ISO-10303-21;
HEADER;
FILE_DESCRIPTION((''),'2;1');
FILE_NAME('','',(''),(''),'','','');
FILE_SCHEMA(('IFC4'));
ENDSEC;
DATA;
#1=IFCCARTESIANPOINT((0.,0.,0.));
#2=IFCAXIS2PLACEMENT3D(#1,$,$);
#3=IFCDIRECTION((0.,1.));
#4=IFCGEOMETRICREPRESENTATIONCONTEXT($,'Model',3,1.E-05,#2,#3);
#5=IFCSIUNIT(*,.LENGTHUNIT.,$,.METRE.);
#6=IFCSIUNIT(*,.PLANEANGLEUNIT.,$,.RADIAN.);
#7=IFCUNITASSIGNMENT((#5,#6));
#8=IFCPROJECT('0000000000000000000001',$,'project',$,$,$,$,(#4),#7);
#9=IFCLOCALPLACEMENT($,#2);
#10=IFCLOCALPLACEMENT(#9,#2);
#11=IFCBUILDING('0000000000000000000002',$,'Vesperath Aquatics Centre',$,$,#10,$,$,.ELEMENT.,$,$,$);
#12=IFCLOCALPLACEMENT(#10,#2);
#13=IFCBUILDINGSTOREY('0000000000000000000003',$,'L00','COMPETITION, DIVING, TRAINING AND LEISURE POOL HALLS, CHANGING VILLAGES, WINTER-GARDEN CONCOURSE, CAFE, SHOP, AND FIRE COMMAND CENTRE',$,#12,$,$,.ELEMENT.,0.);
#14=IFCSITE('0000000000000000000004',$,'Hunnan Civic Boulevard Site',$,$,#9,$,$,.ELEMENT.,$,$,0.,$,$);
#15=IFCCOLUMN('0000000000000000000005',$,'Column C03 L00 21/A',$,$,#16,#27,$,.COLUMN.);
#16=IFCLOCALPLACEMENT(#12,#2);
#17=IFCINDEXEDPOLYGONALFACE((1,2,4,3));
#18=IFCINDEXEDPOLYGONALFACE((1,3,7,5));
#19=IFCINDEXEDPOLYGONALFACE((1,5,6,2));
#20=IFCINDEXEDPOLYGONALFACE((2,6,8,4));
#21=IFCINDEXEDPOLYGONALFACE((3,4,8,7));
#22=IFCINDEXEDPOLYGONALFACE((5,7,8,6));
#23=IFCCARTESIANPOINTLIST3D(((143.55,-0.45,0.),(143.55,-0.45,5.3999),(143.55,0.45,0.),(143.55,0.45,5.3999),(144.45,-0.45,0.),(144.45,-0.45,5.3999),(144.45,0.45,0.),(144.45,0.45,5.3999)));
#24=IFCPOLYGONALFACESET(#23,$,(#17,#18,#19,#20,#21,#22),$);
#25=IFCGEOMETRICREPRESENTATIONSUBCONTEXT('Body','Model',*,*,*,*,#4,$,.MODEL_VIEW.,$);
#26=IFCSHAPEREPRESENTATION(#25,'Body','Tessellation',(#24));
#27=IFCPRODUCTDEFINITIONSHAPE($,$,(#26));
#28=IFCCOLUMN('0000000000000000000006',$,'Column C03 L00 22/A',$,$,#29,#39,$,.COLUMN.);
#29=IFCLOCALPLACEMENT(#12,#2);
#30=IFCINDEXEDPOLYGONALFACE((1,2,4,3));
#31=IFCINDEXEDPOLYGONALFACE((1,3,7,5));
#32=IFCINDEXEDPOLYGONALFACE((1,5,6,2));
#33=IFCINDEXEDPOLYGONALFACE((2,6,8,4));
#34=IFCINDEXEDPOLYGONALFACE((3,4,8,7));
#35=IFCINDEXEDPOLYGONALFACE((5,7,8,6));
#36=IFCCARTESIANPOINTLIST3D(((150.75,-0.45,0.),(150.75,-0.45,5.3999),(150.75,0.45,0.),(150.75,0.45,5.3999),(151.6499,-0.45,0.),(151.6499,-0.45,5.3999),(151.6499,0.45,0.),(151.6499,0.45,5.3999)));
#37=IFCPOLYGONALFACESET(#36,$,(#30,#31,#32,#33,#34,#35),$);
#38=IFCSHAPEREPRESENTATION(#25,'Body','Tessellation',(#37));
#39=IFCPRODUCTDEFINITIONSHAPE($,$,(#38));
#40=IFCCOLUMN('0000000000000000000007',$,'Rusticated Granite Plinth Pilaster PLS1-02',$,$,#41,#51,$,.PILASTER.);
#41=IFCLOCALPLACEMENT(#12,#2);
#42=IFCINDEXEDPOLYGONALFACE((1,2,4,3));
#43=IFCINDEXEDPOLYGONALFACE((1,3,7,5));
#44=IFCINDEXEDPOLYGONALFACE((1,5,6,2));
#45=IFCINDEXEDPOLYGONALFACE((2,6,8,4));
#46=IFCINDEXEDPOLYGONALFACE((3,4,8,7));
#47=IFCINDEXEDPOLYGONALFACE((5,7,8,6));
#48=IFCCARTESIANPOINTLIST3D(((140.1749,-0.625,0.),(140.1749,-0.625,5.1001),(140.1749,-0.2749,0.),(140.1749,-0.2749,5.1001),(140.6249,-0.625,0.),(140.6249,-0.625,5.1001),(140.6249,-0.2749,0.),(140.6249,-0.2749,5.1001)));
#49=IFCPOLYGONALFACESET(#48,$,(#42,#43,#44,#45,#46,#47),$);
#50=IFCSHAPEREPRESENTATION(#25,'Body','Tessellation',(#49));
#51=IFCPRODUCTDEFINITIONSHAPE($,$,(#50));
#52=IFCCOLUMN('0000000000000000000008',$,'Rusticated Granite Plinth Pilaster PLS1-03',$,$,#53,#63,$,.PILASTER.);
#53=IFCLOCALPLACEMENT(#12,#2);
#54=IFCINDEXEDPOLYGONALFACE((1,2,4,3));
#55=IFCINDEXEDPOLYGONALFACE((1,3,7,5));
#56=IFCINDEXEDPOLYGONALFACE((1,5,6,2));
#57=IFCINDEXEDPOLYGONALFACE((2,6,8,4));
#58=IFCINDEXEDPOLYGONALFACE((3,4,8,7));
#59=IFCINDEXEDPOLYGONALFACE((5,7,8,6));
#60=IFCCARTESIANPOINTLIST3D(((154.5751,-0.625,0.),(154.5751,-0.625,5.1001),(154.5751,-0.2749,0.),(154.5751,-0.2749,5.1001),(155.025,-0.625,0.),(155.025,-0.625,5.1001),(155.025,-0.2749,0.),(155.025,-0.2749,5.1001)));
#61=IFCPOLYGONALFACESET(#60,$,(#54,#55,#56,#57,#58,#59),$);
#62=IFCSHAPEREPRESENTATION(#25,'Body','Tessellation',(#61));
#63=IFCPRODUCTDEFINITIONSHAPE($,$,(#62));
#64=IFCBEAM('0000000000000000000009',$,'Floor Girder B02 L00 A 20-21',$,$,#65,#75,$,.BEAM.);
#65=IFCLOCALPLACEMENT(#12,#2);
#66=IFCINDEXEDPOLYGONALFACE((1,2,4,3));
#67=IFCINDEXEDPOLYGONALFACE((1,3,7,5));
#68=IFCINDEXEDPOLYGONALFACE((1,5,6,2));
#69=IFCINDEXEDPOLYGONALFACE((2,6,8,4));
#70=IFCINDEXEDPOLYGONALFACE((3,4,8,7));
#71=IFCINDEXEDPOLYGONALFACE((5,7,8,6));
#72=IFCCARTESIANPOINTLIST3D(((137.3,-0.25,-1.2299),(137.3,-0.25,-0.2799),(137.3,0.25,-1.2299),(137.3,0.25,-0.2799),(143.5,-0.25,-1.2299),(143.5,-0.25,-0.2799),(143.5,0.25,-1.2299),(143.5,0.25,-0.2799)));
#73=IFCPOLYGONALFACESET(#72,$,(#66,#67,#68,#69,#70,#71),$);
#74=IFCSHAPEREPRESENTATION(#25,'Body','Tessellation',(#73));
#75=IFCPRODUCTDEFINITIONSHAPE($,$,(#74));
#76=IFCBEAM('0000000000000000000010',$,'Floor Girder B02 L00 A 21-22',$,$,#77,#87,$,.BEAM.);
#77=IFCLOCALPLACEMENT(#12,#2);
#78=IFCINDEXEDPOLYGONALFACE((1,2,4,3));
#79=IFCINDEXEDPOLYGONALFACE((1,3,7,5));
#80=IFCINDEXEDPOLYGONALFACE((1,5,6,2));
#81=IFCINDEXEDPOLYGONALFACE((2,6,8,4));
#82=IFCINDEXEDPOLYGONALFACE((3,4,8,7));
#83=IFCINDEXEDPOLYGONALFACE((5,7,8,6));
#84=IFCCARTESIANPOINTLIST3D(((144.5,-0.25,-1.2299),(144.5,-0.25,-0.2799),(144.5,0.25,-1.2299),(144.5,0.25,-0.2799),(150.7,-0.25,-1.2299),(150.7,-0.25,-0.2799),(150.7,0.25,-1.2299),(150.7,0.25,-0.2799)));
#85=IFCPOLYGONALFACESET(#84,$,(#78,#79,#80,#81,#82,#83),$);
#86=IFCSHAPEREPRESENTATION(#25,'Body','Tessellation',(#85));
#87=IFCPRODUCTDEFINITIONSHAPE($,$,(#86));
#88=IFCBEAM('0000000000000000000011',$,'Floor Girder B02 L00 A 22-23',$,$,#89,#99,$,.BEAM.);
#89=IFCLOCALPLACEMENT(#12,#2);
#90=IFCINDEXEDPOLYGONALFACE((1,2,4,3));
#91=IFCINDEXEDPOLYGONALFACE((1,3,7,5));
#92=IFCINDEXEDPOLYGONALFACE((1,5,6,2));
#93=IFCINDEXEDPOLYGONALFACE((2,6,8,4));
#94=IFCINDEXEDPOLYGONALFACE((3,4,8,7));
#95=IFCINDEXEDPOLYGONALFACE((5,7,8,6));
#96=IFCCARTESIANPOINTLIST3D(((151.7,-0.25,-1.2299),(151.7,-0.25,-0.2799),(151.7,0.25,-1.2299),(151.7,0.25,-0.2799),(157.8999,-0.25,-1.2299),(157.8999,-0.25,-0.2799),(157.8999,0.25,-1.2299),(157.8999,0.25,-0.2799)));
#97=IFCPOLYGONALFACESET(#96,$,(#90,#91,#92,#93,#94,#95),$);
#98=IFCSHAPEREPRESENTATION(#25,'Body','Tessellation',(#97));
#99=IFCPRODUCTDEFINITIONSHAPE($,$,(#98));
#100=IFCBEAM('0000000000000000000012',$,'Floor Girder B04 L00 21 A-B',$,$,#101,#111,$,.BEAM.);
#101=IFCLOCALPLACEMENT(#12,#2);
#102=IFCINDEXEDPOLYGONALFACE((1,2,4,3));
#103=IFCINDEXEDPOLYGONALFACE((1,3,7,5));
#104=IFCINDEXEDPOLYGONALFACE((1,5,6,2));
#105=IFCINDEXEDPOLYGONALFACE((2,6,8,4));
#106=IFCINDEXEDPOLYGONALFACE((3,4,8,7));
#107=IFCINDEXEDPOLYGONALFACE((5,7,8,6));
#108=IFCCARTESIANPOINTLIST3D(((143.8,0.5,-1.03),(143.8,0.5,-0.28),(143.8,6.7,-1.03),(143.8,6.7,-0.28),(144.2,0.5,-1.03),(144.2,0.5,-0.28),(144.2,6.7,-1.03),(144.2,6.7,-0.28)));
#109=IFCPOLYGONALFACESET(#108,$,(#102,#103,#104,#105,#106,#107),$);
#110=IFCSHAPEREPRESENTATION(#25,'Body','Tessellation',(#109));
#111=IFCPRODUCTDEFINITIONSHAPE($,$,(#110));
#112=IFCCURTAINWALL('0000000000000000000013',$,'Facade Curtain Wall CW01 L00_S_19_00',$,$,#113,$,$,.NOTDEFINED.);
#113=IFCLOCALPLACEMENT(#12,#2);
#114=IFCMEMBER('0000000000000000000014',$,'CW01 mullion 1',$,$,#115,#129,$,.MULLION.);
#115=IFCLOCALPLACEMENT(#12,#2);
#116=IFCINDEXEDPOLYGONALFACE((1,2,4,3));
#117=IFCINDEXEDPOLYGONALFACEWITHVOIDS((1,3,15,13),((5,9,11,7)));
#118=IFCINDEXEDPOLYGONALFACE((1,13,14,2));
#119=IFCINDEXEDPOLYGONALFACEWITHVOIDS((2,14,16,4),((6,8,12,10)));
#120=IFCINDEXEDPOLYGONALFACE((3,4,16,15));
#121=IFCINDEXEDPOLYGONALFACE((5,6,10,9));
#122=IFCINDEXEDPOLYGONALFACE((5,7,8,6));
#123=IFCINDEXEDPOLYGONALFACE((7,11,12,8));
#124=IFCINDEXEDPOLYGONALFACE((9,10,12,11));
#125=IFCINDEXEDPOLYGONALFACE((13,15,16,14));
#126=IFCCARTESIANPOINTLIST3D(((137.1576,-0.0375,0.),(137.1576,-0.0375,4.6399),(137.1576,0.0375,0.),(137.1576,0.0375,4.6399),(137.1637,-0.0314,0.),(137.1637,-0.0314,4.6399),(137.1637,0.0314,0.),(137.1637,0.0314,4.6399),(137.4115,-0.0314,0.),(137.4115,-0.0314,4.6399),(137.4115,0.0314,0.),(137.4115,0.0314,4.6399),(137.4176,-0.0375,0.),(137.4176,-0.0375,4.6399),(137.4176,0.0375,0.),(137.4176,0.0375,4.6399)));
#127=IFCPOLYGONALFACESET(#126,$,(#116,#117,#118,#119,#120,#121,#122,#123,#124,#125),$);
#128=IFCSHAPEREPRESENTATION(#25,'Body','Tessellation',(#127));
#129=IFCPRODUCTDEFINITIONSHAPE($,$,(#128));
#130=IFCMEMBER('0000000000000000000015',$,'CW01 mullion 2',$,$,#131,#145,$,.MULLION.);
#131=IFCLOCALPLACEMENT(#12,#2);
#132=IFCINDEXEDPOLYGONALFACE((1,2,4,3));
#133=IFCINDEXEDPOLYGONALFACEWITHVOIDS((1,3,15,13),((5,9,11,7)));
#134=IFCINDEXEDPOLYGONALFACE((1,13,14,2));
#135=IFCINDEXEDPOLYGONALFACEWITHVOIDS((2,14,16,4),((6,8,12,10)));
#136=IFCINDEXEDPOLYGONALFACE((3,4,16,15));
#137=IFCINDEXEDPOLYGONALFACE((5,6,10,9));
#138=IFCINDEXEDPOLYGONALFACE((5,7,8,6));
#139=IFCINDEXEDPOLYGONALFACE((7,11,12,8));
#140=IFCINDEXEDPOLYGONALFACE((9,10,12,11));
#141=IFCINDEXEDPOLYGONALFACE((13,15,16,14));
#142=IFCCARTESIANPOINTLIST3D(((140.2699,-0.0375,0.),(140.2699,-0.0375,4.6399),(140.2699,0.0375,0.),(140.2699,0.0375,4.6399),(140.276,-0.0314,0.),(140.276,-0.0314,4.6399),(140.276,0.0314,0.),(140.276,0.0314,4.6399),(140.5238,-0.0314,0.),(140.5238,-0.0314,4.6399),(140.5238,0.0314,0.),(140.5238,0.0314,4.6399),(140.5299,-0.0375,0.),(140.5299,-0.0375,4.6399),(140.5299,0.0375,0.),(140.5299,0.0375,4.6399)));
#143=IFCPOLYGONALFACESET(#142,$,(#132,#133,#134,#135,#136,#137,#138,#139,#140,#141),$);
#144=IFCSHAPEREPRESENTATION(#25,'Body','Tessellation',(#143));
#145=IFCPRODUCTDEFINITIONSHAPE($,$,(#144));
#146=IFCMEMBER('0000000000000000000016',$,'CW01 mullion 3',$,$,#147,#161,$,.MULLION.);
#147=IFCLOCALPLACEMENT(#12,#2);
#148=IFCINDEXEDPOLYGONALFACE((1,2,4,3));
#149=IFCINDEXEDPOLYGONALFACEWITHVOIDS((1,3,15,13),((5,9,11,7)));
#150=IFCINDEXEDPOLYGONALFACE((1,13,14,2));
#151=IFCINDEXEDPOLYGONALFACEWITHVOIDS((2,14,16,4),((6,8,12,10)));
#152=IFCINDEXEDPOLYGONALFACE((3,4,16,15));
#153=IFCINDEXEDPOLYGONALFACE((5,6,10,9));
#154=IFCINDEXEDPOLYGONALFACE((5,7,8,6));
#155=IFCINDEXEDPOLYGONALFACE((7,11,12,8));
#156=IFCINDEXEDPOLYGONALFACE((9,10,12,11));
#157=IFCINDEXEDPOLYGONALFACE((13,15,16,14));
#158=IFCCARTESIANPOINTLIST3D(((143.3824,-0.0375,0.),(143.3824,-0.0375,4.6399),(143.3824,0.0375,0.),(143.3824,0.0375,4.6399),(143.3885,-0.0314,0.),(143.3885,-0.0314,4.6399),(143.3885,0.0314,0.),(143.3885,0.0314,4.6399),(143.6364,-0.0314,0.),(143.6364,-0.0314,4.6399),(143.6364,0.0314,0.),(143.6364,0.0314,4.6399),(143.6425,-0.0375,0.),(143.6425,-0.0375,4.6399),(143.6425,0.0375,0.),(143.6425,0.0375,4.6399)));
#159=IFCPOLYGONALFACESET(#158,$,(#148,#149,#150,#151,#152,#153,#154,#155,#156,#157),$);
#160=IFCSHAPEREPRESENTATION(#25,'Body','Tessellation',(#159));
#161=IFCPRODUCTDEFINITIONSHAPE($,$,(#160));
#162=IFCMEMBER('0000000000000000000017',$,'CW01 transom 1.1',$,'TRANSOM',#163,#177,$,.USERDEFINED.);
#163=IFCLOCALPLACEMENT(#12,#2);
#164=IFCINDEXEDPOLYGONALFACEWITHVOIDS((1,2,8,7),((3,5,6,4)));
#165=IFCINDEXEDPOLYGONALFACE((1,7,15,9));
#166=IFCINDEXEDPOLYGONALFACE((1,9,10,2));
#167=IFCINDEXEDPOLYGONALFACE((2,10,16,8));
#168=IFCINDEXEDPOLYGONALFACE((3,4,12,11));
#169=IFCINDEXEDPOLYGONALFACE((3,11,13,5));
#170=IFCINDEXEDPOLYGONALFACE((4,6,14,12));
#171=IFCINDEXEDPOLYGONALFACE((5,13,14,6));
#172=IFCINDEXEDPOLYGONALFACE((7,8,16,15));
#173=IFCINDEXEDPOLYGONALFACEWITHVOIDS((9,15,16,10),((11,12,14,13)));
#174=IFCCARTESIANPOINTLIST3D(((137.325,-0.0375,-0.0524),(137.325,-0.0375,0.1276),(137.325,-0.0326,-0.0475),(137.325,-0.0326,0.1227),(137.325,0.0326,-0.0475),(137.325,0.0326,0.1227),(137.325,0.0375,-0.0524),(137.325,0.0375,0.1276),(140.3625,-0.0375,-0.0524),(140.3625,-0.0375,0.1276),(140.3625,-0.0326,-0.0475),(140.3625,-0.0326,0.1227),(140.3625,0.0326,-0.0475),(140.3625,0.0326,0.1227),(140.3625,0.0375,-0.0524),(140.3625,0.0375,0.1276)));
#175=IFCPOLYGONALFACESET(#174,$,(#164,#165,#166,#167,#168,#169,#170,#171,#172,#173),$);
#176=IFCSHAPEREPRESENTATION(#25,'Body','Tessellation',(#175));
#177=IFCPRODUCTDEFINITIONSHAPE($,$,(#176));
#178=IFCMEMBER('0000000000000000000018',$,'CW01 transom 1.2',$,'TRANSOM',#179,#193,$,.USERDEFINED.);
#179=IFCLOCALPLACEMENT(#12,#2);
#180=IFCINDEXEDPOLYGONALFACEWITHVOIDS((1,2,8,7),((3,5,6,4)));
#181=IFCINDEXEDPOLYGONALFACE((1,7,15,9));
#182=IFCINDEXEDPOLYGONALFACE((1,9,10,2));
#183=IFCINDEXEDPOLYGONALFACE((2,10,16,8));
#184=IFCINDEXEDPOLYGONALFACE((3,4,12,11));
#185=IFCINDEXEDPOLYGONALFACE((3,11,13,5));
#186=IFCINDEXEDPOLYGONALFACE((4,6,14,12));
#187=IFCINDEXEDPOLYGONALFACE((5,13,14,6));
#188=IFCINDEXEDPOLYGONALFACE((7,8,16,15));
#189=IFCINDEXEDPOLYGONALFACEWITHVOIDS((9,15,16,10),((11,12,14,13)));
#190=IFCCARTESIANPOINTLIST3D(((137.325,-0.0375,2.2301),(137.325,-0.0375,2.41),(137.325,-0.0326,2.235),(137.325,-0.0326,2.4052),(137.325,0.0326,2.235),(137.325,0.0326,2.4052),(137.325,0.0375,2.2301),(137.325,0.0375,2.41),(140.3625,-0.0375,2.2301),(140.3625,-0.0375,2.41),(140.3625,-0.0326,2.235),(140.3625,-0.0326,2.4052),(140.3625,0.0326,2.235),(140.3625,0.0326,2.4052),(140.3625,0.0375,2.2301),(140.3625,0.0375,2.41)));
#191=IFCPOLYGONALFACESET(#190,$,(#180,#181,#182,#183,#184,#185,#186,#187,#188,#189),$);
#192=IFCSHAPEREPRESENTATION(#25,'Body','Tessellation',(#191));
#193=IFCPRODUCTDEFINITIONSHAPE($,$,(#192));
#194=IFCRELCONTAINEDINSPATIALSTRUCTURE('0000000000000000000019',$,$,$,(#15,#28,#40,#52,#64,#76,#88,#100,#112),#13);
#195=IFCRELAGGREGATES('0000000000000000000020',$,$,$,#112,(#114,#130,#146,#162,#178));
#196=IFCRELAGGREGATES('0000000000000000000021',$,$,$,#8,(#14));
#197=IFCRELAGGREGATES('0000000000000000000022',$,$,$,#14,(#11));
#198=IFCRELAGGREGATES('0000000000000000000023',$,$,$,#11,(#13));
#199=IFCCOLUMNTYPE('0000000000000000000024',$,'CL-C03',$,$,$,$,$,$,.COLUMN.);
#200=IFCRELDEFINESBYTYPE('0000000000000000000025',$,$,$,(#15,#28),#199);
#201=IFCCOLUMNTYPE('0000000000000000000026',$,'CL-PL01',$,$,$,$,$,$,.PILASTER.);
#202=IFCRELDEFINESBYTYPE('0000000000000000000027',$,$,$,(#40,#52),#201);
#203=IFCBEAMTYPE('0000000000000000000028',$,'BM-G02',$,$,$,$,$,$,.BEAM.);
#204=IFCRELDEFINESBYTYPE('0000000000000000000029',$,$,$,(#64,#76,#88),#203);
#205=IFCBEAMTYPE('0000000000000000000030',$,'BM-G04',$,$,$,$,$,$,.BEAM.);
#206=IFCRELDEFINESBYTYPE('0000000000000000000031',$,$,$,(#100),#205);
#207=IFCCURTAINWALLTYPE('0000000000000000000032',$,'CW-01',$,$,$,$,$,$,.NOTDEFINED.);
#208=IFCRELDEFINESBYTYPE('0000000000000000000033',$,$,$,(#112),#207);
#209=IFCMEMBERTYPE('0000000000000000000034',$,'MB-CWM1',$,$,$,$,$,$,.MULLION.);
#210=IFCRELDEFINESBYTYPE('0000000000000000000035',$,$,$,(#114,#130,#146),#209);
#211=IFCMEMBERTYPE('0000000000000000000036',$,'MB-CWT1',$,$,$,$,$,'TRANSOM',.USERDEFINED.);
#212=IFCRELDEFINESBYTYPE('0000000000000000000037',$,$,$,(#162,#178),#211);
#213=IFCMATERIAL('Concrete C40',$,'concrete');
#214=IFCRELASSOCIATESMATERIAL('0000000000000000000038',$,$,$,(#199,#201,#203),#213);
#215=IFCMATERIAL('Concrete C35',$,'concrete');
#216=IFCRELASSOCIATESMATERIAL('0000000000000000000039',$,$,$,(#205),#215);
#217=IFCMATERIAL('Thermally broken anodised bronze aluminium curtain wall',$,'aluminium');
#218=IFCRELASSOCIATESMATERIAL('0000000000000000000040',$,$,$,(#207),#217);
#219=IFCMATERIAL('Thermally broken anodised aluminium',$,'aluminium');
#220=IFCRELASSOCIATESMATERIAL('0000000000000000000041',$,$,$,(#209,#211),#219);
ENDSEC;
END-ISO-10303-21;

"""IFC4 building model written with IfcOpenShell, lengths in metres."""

from ifc_helpers import new_model, si_unit, direction, frame, origin, origin_2d, place, context, subcontext, project, spatial, rectangle, hollow_rectangle, extrude, material, material_profile, profile_set, type_object, element, aggregate, save


model = new_model("IFC4")

# Units and contexts
model_context = context("Model", 3, precision=1e-05, world=origin(), true_north=direction((0.0, 1.0)))
body_context = subcontext(model_context, "Body", "Model", "MODEL_VIEW")
ifc_project = project(units=[si_unit("LENGTHUNIT", "METRE"), si_unit("PLANEANGLEUNIT", "RADIAN")], contexts=[model_context])

# Site, building, storey
site_placement = place(None, origin())
site = spatial("IfcSite", under=ifc_project, at=site_placement, Name="Hunnan Civic Boulevard Site", CompositionType="ELEMENT", RefElevation=0.0)
building_placement = place(site_placement, origin())
building = spatial("IfcBuilding", under=site, at=building_placement, Name="Vesperath Aquatics Centre", CompositionType="ELEMENT")
storey_placement = place(building_placement, origin())
storey = spatial("IfcBuildingStorey", under=building, at=storey_placement, Name="L00", Description="COMPETITION, DIVING, TRAINING AND LEISURE POOL HALLS, CHANGING VILLAGES, WINTER-GARDEN CONCOURSE, CAFE, SHOP, AND FIRE COMMAND CENTRE", CompositionType="ELEMENT", Elevation=0.0)

# Columns
ifc_material_1 = material(Name="Concrete C40", Category="concrete")
ifc_material_profile_1 = material_profile(ifc_material_1, rectangle(XDim=0.8999, YDim=0.8999, at=origin_2d()), Name="RC 900x900")
ifc_profile_set_1 = profile_set([ifc_material_profile_1], Name="Concrete C40")
column_type_1 = type_object("IfcColumnType", Name="CL-C03", PredefinedType="COLUMN", material=ifc_profile_set_1)
for number, where, z_axis, x_axis, name in (
    (1, (144.0, 0.0, 0.0), (0.0, 0.0, 1.0), (1.0, 0.0, 0.0), "Column C03 L00 21/A"),
    (2, (151.2, 0.0, 0.0), (0.0, 0.0, 1.0), (1.0, 0.0, 0.0), "Column C03 L00 22/A"),
):
    element("IfcColumn", number, at=place(storey_placement, frame(where, z_axis=z_axis, x_axis=x_axis)), inside=storey, type_object=column_type_1, Name=name, PredefinedType="COLUMN", context=body_context, shape_type="SweptSolid", body=[
        extrude(rectangle(XDim=0.8999, YDim=0.8999, at=origin_2d()), origin(), (0.0, 0.0, 1.0), 5.3999),
    ])
ifc_material_profile_2 = material_profile(ifc_material_1, rectangle(XDim=0.45, YDim=0.3501, at=origin_2d()), Name="CL-PL01")
ifc_profile_set_2 = profile_set([ifc_material_profile_2], Name="Concrete C40")
column_type_2 = type_object("IfcColumnType", Name="CL-PL01", PredefinedType="PILASTER", material=ifc_profile_set_2)
for number, where, z_axis, x_axis, name in (
    (3, (140.3999, -0.45, 0.0), (0.0, 0.0, 1.0), (1.0, 0.0, 0.0), "Rusticated Granite Plinth Pilaster PLS1-02"),
    (4, (154.8, -0.45, 0.0), (0.0, 0.0, 1.0), (1.0, 0.0, 0.0), "Rusticated Granite Plinth Pilaster PLS1-03"),
):
    element("IfcColumn", number, at=place(storey_placement, frame(where, z_axis=z_axis, x_axis=x_axis)), inside=storey, type_object=column_type_2, Name=name, PredefinedType="PILASTER", context=body_context, shape_type="SweptSolid", body=[
        extrude(rectangle(XDim=0.45, YDim=0.3501, at=origin_2d()), origin(), (0.0, 0.0, 1.0), 5.1001),
    ])

# Beams
ifc_material_profile_3 = material_profile(ifc_material_1, rectangle(XDim=0.5, YDim=0.95, at=origin_2d()), Name="RC 500x950")
ifc_profile_set_3 = profile_set([ifc_material_profile_3], Name="Concrete C40")
beam_type_1 = type_object("IfcBeamType", Name="BM-G02", PredefinedType="BEAM", material=ifc_profile_set_3)
for number, where, z_axis, x_axis, name in (
    (5, (137.3, 0.0, -0.7549), (1.0, 0.0, 0.0), (0.0, 1.0, 0.0), "Floor Girder B02 L00 A 20-21"),
    (6, (144.5, 0.0, -0.7549), (1.0, 0.0, 0.0), (0.0, 1.0, 0.0), "Floor Girder B02 L00 A 21-22"),
    (7, (151.7, 0.0, -0.7549), (1.0, 0.0, 0.0), (0.0, 1.0, 0.0), "Floor Girder B02 L00 A 22-23"),
):
    element("IfcBeam", number, at=place(storey_placement, frame(where, z_axis=z_axis, x_axis=x_axis)), inside=storey, type_object=beam_type_1, Name=name, PredefinedType="BEAM", context=body_context, shape_type="SweptSolid", body=[
        extrude(rectangle(XDim=0.5, YDim=0.95, at=origin_2d()), origin(), (0.0, 0.0, 1.0), 6.2),
    ])
ifc_material_2 = material(Name="Concrete C35", Category="concrete")
ifc_material_profile_4 = material_profile(ifc_material_2, rectangle(XDim=0.3999, YDim=0.75, at=origin_2d()), Name="RC 400x750")
ifc_profile_set_4 = profile_set([ifc_material_profile_4], Name="Concrete C35")
beam_type_2 = type_object("IfcBeamType", Name="BM-G04", PredefinedType="BEAM", material=ifc_profile_set_4)
beam_placement = place(storey_placement, frame((144.0, 0.5, -0.655), z_axis=(0.0, 1.0, 0.0), x_axis=(-1.0, 0.0, 0.0)))
element("IfcBeam", 8, at=beam_placement, inside=storey, type_object=beam_type_2, Name="Floor Girder B04 L00 21 A-B", PredefinedType="BEAM", context=body_context, shape_type="SweptSolid", body=[
    extrude(rectangle(XDim=0.3999, YDim=0.75, at=origin_2d()), origin(), (0.0, 0.0, 1.0), 6.2),
])

# Curtain wall, members
ifc_material_3 = material(Name="Thermally broken anodised bronze aluminium curtain wall", Category="aluminium")
curtain_wall_type = type_object("IfcCurtainWallType", Name="CW-01", PredefinedType="NOTDEFINED", material=ifc_material_3)
curtain_wall_placement = place(storey_placement, origin())
curtain_wall = element("IfcCurtainWall", 9, at=curtain_wall_placement, inside=storey, type_object=curtain_wall_type, Name="Facade Curtain Wall CW01 L00_S_19_00", PredefinedType="NOTDEFINED")
ifc_material_4 = material(Name="Thermally broken anodised aluminium", Category="aluminium")
ifc_material_profile_5 = material_profile(ifc_material_4, hollow_rectangle(XDim=0.075, YDim=0.26, WallThickness=0.0061, at=origin_2d()), Name="CWM 75x260x6")
ifc_profile_set_5 = profile_set([ifc_material_profile_5], Name="Thermally broken anodised aluminium")
member_type_1 = type_object("IfcMemberType", Name="MB-CWM1", PredefinedType="MULLION", material=ifc_profile_set_5)
member_1_placement = place(storey_placement, frame((137.2876, 0.0, 0.0), z_axis=(0.0, 0.0, 1.0), x_axis=(0.0, 1.0, 0.0)))
member_1 = element("IfcMember", 10, at=member_1_placement, type_object=member_type_1, Name="CW01 mullion 1", PredefinedType="MULLION", context=body_context, shape_type="SweptSolid", body=[
    extrude(hollow_rectangle(XDim=0.075, YDim=0.26, WallThickness=0.0061, at=origin_2d()), origin(), (0.0, 0.0, 1.0), 4.6399),
])
member_2_placement = place(storey_placement, frame((140.3999, 0.0, 0.0), z_axis=(0.0, 0.0, 1.0), x_axis=(0.0, 1.0, 0.0)))
member_2 = element("IfcMember", 11, at=member_2_placement, type_object=member_type_1, Name="CW01 mullion 2", PredefinedType="MULLION", context=body_context, shape_type="SweptSolid", body=[
    extrude(hollow_rectangle(XDim=0.075, YDim=0.26, WallThickness=0.0061, at=origin_2d()), origin(), (0.0, 0.0, 1.0), 4.6399),
])
member_3_placement = place(storey_placement, frame((143.5125, 0.0, 0.0), z_axis=(0.0, 0.0, 1.0), x_axis=(0.0, 1.0, 0.0)))
member_3 = element("IfcMember", 12, at=member_3_placement, type_object=member_type_1, Name="CW01 mullion 3", PredefinedType="MULLION", context=body_context, shape_type="SweptSolid", body=[
    extrude(hollow_rectangle(XDim=0.075, YDim=0.26, WallThickness=0.0061, at=origin_2d()), origin(), (0.0, 0.0, 1.0), 4.6399),
])
ifc_material_profile_6 = material_profile(ifc_material_4, hollow_rectangle(XDim=0.075, YDim=0.1799, WallThickness=0.0049, at=origin_2d()), Name="CWT 75x180x5")
ifc_profile_set_6 = profile_set([ifc_material_profile_6], Name="Thermally broken anodised aluminium")
member_type_2 = type_object("IfcMemberType", Name="MB-CWT1", ElementType="TRANSOM", PredefinedType="USERDEFINED", material=ifc_profile_set_6)
member_4_placement = place(storey_placement, frame((137.325, 0.0, 0.0376), z_axis=(1.0, 0.0, 0.0), x_axis=(0.0, 1.0, 0.0)))
member_4 = element("IfcMember", 13, at=member_4_placement, type_object=member_type_2, Name="CW01 transom 1.1", ObjectType="TRANSOM", PredefinedType="USERDEFINED", context=body_context, shape_type="SweptSolid", body=[
    extrude(hollow_rectangle(XDim=0.075, YDim=0.1799, WallThickness=0.0049, at=origin_2d()), origin(), (0.0, 0.0, 1.0), 3.0376),
])
member_5_placement = place(storey_placement, frame((137.325, 0.0, 2.3201), z_axis=(1.0, 0.0, 0.0), x_axis=(0.0, 1.0, 0.0)))
member_5 = element("IfcMember", 14, at=member_5_placement, type_object=member_type_2, Name="CW01 transom 1.2", ObjectType="TRANSOM", PredefinedType="USERDEFINED", context=body_context, shape_type="SweptSolid", body=[
    extrude(hollow_rectangle(XDim=0.075, YDim=0.1799, WallThickness=0.0049, at=origin_2d()), origin(), (0.0, 0.0, 1.0), 3.0376),
])
aggregate(curtain_wall, [member_1, member_2, member_3, member_4, member_5])

save(model, "model.ifc")
